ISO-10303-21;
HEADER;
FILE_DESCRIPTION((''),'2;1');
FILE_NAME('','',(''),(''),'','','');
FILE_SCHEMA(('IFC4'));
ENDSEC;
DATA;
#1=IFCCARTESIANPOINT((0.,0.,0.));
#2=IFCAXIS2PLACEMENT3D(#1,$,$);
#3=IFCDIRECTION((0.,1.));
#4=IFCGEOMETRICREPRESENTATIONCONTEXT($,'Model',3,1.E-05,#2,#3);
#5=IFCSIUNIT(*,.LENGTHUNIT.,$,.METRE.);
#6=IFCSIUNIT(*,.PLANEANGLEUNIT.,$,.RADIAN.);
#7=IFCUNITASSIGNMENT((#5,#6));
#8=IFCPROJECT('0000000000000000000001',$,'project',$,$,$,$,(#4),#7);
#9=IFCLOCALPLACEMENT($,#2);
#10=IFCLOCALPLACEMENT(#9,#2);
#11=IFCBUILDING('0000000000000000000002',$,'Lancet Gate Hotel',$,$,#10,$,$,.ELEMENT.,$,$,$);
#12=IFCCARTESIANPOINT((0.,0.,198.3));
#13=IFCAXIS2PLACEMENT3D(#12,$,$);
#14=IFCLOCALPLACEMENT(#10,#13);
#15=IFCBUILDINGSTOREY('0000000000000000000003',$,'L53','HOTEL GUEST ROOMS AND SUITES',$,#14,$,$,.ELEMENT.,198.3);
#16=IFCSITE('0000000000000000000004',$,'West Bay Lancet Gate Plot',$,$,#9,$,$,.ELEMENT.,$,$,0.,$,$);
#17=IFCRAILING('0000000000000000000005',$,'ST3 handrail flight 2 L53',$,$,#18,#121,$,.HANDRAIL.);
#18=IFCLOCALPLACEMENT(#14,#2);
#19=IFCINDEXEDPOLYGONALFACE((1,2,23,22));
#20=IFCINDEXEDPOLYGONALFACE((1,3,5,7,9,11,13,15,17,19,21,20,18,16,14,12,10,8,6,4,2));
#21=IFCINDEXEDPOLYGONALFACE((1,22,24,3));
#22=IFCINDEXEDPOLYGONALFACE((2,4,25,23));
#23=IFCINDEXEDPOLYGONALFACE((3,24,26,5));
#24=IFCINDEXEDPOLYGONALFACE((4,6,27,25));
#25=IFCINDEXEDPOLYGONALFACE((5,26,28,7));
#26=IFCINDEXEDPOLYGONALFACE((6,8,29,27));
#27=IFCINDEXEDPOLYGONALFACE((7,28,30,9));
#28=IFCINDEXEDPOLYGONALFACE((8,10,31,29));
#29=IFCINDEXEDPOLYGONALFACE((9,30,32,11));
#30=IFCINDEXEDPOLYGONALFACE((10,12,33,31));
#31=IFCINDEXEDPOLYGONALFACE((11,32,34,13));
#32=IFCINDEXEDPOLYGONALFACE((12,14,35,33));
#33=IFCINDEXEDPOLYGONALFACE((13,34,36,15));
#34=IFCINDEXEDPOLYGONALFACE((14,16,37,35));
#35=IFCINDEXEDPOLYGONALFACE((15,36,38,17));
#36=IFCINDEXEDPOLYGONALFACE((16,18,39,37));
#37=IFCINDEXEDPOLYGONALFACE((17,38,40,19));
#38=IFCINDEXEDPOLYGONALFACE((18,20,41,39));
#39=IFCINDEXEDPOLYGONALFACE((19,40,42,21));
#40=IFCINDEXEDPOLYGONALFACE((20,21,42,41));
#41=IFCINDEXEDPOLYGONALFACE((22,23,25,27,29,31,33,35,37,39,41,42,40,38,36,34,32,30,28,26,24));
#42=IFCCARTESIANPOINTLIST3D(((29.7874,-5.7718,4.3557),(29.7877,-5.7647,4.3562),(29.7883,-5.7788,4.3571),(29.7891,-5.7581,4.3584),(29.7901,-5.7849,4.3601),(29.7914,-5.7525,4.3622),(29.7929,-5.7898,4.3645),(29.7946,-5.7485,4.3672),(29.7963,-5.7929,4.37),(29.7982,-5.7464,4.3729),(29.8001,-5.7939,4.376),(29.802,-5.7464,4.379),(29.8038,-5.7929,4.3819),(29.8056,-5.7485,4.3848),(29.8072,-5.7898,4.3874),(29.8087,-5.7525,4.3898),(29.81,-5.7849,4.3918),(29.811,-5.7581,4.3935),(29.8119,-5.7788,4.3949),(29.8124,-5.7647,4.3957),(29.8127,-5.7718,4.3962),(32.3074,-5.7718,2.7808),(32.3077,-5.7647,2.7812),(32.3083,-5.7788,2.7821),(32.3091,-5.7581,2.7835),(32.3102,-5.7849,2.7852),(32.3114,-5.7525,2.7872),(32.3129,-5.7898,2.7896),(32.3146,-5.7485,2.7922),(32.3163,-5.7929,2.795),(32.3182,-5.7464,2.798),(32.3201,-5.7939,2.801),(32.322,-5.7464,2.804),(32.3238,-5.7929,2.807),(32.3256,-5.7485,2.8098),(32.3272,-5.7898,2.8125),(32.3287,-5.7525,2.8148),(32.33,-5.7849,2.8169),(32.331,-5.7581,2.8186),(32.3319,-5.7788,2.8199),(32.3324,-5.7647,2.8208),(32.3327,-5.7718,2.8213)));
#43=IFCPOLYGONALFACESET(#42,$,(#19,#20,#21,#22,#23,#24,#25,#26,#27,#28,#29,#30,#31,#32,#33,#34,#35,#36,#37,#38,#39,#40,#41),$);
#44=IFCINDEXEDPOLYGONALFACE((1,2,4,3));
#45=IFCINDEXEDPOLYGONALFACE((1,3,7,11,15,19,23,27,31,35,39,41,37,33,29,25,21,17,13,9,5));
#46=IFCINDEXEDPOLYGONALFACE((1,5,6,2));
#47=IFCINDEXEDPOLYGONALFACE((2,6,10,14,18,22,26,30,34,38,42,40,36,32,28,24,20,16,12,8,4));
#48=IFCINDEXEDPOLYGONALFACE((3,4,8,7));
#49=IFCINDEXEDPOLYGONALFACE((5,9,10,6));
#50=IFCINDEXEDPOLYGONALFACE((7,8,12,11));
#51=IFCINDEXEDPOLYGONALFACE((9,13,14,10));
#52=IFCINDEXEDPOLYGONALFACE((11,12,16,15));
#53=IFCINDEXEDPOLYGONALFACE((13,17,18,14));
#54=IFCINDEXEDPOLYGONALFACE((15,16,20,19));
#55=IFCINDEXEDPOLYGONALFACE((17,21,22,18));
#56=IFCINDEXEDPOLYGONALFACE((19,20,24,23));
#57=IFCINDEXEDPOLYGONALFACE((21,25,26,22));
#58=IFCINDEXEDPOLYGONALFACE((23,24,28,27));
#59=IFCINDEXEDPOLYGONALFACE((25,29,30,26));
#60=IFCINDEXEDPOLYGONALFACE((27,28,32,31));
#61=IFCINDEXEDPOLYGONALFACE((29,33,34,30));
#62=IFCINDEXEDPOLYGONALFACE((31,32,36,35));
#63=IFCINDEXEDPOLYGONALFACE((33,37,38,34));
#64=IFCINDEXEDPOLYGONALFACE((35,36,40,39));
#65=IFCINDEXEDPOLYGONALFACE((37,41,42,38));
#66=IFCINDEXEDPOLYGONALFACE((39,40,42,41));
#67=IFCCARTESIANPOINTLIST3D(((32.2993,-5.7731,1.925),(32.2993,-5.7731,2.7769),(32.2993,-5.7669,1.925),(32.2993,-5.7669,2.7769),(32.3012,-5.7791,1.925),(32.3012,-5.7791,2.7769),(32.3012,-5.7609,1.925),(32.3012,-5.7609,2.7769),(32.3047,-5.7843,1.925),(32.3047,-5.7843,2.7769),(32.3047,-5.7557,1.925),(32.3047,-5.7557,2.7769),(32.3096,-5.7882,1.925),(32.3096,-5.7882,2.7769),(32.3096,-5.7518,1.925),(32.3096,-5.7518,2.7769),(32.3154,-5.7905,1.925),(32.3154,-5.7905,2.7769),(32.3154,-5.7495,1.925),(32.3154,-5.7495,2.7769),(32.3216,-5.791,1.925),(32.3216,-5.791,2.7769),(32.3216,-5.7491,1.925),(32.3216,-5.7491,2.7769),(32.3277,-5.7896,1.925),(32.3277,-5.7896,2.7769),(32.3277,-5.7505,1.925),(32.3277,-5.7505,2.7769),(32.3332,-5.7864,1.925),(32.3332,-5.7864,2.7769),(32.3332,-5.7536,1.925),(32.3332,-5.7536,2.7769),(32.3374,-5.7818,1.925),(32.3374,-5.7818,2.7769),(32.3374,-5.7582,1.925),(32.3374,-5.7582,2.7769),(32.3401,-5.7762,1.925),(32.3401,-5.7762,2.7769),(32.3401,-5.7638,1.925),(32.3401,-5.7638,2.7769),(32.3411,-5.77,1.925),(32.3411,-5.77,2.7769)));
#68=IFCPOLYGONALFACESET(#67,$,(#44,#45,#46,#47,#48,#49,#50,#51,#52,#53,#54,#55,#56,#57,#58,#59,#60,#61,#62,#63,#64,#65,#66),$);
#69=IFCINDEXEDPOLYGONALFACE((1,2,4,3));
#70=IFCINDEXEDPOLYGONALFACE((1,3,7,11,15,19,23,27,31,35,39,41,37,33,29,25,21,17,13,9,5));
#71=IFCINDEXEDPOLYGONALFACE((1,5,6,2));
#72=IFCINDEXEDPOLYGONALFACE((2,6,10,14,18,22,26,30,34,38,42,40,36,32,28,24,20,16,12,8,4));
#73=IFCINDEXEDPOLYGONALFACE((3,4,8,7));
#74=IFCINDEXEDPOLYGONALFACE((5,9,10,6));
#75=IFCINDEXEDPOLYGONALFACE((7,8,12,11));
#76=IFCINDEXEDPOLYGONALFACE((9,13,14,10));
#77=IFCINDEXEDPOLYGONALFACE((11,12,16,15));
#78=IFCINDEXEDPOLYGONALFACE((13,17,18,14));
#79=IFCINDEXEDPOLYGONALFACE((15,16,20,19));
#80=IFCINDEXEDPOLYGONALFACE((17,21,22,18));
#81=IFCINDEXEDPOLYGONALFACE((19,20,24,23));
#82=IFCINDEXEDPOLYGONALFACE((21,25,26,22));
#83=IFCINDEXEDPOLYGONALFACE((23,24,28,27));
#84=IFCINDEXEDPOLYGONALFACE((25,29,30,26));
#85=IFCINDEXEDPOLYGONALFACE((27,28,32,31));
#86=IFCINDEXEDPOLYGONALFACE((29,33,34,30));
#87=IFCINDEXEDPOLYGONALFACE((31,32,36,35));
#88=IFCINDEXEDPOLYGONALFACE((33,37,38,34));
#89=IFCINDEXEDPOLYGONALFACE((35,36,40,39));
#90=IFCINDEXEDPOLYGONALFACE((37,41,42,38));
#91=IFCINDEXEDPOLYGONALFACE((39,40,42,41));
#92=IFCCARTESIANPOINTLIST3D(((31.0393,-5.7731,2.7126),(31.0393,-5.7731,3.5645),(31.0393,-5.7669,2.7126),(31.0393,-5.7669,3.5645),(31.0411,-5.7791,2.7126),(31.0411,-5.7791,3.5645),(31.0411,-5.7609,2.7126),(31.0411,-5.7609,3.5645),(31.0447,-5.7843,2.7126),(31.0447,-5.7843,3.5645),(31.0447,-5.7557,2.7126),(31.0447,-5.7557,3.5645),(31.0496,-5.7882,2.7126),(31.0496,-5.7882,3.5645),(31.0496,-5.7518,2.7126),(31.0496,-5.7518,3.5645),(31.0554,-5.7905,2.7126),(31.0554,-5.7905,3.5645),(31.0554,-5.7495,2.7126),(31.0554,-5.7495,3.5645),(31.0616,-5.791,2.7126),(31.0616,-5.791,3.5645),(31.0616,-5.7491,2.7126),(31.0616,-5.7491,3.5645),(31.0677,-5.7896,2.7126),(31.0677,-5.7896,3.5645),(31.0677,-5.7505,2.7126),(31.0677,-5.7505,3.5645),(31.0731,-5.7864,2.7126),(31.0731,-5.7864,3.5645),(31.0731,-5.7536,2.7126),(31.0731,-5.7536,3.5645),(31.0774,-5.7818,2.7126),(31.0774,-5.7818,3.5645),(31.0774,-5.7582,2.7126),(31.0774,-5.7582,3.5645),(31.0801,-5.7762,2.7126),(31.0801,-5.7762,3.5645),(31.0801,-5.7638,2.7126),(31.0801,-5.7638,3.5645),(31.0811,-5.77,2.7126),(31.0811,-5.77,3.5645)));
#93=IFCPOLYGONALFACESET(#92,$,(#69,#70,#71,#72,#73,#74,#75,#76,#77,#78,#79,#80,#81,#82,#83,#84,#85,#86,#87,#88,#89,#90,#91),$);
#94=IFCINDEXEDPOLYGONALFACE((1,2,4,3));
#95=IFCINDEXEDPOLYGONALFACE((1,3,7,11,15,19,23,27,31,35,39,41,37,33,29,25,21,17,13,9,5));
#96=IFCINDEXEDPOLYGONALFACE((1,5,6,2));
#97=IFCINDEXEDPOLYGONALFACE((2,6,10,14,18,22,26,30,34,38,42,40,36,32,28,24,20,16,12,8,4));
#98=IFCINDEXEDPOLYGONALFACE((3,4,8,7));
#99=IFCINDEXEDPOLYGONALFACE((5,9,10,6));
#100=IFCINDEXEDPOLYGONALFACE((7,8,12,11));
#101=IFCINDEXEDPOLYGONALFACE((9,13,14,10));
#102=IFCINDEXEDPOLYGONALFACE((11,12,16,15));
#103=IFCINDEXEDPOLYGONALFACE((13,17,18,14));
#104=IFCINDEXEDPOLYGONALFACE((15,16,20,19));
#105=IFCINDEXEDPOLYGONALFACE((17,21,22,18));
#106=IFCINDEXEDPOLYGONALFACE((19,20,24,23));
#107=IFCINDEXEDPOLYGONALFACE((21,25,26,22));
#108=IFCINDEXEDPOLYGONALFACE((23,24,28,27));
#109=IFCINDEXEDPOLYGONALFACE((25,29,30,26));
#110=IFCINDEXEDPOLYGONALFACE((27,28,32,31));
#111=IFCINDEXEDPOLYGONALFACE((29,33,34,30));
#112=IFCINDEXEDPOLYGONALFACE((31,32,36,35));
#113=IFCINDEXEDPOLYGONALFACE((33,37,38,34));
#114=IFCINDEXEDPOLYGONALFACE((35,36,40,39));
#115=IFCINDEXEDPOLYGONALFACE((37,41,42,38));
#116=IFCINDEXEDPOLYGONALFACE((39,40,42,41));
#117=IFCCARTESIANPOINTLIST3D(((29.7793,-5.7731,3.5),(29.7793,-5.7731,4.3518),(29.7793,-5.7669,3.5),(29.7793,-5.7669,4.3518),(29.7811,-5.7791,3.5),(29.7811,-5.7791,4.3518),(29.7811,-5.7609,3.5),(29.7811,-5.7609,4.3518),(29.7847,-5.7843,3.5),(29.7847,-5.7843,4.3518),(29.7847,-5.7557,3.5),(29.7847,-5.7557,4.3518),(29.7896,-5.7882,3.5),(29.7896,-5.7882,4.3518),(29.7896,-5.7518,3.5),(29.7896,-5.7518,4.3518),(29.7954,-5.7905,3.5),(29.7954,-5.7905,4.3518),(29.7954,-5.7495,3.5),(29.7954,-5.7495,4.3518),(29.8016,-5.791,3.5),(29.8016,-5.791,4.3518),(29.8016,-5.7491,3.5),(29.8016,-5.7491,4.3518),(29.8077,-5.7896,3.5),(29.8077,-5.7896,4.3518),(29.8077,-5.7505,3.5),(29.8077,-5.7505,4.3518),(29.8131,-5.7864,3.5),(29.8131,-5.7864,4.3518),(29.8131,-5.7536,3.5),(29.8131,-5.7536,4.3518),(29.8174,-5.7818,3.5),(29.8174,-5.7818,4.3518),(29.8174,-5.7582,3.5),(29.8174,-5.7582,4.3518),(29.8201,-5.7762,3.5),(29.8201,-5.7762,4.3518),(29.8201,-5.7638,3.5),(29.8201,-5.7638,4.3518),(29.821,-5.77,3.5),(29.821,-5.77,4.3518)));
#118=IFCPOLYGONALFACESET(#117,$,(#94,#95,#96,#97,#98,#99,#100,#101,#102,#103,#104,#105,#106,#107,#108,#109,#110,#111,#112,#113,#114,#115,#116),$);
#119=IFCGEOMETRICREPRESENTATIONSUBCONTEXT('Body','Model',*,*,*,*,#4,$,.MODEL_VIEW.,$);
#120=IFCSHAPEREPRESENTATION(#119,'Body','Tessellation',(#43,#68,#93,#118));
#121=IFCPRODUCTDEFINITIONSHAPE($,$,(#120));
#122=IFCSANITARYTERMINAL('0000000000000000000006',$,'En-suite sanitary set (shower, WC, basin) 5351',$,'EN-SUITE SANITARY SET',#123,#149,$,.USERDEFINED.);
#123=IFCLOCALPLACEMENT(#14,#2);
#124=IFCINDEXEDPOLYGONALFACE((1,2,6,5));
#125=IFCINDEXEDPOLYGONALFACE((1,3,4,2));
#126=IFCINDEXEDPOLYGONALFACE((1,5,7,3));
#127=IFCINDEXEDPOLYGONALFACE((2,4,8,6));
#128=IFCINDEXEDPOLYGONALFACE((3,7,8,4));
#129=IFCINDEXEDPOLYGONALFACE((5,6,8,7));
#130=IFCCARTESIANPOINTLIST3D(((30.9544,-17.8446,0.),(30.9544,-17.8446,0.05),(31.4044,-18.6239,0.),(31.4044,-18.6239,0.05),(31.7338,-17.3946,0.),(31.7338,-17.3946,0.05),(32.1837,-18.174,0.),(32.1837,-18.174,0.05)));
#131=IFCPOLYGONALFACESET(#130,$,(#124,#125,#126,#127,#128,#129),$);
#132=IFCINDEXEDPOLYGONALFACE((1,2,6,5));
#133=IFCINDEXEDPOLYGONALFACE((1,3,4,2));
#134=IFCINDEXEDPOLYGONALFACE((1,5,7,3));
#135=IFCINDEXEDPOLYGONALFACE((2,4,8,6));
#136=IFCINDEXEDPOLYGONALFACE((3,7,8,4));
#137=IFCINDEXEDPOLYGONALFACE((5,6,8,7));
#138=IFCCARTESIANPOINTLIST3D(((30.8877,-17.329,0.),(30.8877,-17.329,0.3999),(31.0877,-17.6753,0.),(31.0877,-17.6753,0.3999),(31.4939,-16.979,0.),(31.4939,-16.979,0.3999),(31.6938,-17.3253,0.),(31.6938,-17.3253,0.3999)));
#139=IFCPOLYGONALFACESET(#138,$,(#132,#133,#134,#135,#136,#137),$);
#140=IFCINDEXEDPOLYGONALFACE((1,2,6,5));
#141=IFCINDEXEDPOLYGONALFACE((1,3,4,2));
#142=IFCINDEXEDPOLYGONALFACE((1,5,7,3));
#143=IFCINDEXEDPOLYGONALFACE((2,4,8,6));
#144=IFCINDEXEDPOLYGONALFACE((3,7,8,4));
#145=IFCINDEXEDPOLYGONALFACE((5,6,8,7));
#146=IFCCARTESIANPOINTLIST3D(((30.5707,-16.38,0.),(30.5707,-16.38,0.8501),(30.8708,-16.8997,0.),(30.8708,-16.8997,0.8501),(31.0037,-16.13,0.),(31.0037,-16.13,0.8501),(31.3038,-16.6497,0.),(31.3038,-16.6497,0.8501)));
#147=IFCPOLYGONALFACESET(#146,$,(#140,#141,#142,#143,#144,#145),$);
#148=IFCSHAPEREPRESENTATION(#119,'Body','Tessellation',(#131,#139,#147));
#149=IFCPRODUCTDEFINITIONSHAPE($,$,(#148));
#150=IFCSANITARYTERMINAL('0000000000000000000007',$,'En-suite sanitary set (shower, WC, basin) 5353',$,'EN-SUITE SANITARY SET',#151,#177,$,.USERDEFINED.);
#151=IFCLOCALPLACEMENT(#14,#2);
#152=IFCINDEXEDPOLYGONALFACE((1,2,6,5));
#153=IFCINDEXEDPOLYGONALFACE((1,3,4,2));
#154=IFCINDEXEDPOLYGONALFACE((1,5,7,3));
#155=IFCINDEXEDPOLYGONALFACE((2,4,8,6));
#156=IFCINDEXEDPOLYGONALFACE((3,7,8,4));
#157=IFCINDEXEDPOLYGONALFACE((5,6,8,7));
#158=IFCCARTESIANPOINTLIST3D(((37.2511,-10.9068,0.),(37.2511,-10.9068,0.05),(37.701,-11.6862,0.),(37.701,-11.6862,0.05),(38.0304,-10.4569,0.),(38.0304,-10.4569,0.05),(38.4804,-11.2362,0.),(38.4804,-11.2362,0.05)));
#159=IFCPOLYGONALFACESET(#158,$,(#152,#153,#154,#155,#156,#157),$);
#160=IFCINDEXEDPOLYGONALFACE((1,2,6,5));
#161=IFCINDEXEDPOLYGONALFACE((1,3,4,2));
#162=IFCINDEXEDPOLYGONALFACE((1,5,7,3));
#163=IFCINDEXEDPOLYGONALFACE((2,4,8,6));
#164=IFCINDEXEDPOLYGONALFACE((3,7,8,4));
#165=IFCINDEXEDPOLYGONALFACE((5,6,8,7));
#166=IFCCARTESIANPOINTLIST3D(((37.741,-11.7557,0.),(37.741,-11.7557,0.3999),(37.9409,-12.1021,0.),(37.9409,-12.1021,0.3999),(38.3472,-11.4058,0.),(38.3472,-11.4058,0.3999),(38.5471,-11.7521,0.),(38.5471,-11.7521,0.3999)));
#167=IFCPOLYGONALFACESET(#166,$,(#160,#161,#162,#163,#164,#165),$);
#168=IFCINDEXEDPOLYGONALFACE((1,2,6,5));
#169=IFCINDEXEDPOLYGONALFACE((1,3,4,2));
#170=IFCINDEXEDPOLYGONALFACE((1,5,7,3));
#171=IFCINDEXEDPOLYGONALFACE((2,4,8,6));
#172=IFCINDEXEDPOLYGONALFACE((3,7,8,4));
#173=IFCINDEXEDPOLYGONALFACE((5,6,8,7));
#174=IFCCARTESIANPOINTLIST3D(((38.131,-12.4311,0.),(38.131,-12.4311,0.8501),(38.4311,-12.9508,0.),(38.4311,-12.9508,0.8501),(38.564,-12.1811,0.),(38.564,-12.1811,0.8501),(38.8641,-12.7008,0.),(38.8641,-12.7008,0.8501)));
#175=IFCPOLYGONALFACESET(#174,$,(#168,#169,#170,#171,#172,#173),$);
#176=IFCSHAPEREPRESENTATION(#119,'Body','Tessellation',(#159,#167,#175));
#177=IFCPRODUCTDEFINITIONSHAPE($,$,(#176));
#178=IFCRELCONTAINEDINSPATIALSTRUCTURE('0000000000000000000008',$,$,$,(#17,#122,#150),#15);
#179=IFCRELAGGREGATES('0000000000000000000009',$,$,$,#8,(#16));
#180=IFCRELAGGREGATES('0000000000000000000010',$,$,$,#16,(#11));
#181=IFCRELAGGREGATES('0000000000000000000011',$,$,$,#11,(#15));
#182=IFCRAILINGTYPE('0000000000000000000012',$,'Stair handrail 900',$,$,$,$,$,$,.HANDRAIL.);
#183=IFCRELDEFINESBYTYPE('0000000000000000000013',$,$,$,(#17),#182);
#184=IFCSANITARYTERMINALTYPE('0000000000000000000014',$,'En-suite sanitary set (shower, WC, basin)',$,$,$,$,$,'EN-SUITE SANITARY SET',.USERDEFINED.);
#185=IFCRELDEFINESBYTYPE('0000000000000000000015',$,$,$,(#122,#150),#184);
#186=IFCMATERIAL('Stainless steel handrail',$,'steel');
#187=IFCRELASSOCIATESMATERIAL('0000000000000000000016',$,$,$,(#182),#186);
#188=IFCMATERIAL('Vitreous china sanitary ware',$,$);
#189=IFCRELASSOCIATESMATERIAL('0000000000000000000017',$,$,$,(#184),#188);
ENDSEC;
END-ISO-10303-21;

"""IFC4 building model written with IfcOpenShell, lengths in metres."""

from ifc_helpers import new_model, si_unit, direction, frame, origin, origin_2d, place, context, subcontext, project, spatial, rectangle, circle, extrude, material, type_object, element, save


model = new_model("IFC4")

# Units and contexts
model_context = context("Model", 3, precision=1e-05, world=origin(), true_north=direction((0.0, 1.0)))
body_context = subcontext(model_context, "Body", "Model", "MODEL_VIEW")
ifc_project = project(units=[si_unit("LENGTHUNIT", "METRE"), si_unit("PLANEANGLEUNIT", "RADIAN")], contexts=[model_context])

# Site, building, storey
site_placement = place(None, origin())
site = spatial("IfcSite", under=ifc_project, at=site_placement, Name="West Bay Lancet Gate Plot", CompositionType="ELEMENT", RefElevation=0.0)
building_placement = place(site_placement, origin())
building = spatial("IfcBuilding", under=site, at=building_placement, Name="Lancet Gate Hotel", CompositionType="ELEMENT")
storey_placement = place(building_placement, frame((0.0, 0.0, 198.3)))
storey = spatial("IfcBuildingStorey", under=building, at=storey_placement, Name="L53", Description="HOTEL GUEST ROOMS AND SUITES", CompositionType="ELEMENT", Elevation=198.3)

# Railing
ifc_material_1 = material(Name="Stainless steel handrail", Category="steel")
railing_type = type_object("IfcRailingType", Name="Stair handrail 900", PredefinedType="HANDRAIL", material=ifc_material_1)
railing_placement = place(storey_placement, frame((32.3201, -5.77, 1.925)))
element("IfcRailing", 1, at=railing_placement, inside=storey, type_object=railing_type, Name="ST3 handrail flight 2 L53", PredefinedType="HANDRAIL", context=body_context, shape_type="SweptSolid", body=[
    extrude(circle(Radius=0.0239, at=origin_2d()), frame((0.0, 0.0, 0.876), z_axis=(-0.848008, 0.0, 0.529984), x_axis=(0.0, -1.0, 0.0)), (0.0, 0.0, 1.0), 2.9717),
    extrude(circle(Radius=0.021, at=origin_2d()), origin(), (0.0, 0.0, 1.0), 0.8518),
    extrude(circle(Radius=0.021, at=origin_2d()), frame((-1.26, 0.0, 0.7876)), (0.0, 0.0, 1.0), 0.8518),
    extrude(circle(Radius=0.021, at=origin_2d()), frame((-2.52, 0.0, 1.575)), (0.0, 0.0, 1.0), 0.8518),
])

# Sanitary terminals
ifc_material_2 = material(Name="Vitreous china sanitary ware")
sanitary_terminal_type = type_object("IfcSanitaryTerminalType", Name="En-suite sanitary set (shower, WC, basin)", ElementType="EN-SUITE SANITARY SET", PredefinedType="USERDEFINED", material=ifc_material_2)
sanitary_terminal_1_placement = place(storey_placement, frame((31.5691, -18.0093, 0.0), z_axis=(0.0, 0.0, 1.0), x_axis=(1.0, 0.0, 0.0)))
element("IfcSanitaryTerminal", 2, at=sanitary_terminal_1_placement, inside=storey, type_object=sanitary_terminal_type, Name="En-suite sanitary set (shower, WC, basin) 5351", ObjectType="EN-SUITE SANITARY SET", PredefinedType="USERDEFINED", context=body_context, shape_type="SweptSolid", body=[
    extrude(rectangle(XDim=0.8999, YDim=0.8999, at=origin_2d()), frame((0.0, 0.0, 0.0), z_axis=(0.0, 0.0, 1.0), x_axis=(0.5, -0.866025, 0.0)), (0.0, 0.0, 1.0), 0.05),
    extrude(rectangle(XDim=0.3999, YDim=0.7, at=origin_2d()), frame((-0.2783, 0.6821, 0.0), z_axis=(0.0, 0.0, 1.0), x_axis=(0.5, -0.866025, 0.0)), (0.0, 0.0, 1.0), 0.3999),
    extrude(rectangle(XDim=0.6001, YDim=0.5, at=origin_2d()), frame((-0.6318, 1.4944, 0.0), z_axis=(0.0, 0.0, 1.0), x_axis=(0.5, -0.866025, 0.0)), (0.0, 0.0, 1.0), 0.8501),
])
sanitary_terminal_2_placement = place(storey_placement, frame((37.8657, -11.0715, 0.0), z_axis=(0.0, 0.0, 1.0), x_axis=(1.0, 0.0, 0.0)))
element("IfcSanitaryTerminal", 3, at=sanitary_terminal_2_placement, inside=storey, type_object=sanitary_terminal_type, Name="En-suite sanitary set (shower, WC, basin) 5353", ObjectType="EN-SUITE SANITARY SET", PredefinedType="USERDEFINED", context=body_context, shape_type="SweptSolid", body=[
    extrude(rectangle(XDim=0.8999, YDim=0.8999, at=origin_2d()), frame((0.0, 0.0, 0.0), z_axis=(0.0, 0.0, 1.0), x_axis=(-0.5, 0.866025, 0.0)), (0.0, 0.0, 1.0), 0.05),
    extrude(rectangle(XDim=0.3999, YDim=0.7, at=origin_2d()), frame((0.2783, -0.6824, 0.0), z_axis=(0.0, 0.0, 1.0), x_axis=(-0.5, 0.866025, 0.0)), (0.0, 0.0, 1.0), 0.3999),
    extrude(rectangle(XDim=0.6001, YDim=0.5, at=origin_2d()), frame((0.6318, -1.4944, 0.0), z_axis=(0.0, 0.0, 1.0), x_axis=(-0.5, 0.866025, 0.0)), (0.0, 0.0, 1.0), 0.8501),
])

save(model, "model.ifc")
